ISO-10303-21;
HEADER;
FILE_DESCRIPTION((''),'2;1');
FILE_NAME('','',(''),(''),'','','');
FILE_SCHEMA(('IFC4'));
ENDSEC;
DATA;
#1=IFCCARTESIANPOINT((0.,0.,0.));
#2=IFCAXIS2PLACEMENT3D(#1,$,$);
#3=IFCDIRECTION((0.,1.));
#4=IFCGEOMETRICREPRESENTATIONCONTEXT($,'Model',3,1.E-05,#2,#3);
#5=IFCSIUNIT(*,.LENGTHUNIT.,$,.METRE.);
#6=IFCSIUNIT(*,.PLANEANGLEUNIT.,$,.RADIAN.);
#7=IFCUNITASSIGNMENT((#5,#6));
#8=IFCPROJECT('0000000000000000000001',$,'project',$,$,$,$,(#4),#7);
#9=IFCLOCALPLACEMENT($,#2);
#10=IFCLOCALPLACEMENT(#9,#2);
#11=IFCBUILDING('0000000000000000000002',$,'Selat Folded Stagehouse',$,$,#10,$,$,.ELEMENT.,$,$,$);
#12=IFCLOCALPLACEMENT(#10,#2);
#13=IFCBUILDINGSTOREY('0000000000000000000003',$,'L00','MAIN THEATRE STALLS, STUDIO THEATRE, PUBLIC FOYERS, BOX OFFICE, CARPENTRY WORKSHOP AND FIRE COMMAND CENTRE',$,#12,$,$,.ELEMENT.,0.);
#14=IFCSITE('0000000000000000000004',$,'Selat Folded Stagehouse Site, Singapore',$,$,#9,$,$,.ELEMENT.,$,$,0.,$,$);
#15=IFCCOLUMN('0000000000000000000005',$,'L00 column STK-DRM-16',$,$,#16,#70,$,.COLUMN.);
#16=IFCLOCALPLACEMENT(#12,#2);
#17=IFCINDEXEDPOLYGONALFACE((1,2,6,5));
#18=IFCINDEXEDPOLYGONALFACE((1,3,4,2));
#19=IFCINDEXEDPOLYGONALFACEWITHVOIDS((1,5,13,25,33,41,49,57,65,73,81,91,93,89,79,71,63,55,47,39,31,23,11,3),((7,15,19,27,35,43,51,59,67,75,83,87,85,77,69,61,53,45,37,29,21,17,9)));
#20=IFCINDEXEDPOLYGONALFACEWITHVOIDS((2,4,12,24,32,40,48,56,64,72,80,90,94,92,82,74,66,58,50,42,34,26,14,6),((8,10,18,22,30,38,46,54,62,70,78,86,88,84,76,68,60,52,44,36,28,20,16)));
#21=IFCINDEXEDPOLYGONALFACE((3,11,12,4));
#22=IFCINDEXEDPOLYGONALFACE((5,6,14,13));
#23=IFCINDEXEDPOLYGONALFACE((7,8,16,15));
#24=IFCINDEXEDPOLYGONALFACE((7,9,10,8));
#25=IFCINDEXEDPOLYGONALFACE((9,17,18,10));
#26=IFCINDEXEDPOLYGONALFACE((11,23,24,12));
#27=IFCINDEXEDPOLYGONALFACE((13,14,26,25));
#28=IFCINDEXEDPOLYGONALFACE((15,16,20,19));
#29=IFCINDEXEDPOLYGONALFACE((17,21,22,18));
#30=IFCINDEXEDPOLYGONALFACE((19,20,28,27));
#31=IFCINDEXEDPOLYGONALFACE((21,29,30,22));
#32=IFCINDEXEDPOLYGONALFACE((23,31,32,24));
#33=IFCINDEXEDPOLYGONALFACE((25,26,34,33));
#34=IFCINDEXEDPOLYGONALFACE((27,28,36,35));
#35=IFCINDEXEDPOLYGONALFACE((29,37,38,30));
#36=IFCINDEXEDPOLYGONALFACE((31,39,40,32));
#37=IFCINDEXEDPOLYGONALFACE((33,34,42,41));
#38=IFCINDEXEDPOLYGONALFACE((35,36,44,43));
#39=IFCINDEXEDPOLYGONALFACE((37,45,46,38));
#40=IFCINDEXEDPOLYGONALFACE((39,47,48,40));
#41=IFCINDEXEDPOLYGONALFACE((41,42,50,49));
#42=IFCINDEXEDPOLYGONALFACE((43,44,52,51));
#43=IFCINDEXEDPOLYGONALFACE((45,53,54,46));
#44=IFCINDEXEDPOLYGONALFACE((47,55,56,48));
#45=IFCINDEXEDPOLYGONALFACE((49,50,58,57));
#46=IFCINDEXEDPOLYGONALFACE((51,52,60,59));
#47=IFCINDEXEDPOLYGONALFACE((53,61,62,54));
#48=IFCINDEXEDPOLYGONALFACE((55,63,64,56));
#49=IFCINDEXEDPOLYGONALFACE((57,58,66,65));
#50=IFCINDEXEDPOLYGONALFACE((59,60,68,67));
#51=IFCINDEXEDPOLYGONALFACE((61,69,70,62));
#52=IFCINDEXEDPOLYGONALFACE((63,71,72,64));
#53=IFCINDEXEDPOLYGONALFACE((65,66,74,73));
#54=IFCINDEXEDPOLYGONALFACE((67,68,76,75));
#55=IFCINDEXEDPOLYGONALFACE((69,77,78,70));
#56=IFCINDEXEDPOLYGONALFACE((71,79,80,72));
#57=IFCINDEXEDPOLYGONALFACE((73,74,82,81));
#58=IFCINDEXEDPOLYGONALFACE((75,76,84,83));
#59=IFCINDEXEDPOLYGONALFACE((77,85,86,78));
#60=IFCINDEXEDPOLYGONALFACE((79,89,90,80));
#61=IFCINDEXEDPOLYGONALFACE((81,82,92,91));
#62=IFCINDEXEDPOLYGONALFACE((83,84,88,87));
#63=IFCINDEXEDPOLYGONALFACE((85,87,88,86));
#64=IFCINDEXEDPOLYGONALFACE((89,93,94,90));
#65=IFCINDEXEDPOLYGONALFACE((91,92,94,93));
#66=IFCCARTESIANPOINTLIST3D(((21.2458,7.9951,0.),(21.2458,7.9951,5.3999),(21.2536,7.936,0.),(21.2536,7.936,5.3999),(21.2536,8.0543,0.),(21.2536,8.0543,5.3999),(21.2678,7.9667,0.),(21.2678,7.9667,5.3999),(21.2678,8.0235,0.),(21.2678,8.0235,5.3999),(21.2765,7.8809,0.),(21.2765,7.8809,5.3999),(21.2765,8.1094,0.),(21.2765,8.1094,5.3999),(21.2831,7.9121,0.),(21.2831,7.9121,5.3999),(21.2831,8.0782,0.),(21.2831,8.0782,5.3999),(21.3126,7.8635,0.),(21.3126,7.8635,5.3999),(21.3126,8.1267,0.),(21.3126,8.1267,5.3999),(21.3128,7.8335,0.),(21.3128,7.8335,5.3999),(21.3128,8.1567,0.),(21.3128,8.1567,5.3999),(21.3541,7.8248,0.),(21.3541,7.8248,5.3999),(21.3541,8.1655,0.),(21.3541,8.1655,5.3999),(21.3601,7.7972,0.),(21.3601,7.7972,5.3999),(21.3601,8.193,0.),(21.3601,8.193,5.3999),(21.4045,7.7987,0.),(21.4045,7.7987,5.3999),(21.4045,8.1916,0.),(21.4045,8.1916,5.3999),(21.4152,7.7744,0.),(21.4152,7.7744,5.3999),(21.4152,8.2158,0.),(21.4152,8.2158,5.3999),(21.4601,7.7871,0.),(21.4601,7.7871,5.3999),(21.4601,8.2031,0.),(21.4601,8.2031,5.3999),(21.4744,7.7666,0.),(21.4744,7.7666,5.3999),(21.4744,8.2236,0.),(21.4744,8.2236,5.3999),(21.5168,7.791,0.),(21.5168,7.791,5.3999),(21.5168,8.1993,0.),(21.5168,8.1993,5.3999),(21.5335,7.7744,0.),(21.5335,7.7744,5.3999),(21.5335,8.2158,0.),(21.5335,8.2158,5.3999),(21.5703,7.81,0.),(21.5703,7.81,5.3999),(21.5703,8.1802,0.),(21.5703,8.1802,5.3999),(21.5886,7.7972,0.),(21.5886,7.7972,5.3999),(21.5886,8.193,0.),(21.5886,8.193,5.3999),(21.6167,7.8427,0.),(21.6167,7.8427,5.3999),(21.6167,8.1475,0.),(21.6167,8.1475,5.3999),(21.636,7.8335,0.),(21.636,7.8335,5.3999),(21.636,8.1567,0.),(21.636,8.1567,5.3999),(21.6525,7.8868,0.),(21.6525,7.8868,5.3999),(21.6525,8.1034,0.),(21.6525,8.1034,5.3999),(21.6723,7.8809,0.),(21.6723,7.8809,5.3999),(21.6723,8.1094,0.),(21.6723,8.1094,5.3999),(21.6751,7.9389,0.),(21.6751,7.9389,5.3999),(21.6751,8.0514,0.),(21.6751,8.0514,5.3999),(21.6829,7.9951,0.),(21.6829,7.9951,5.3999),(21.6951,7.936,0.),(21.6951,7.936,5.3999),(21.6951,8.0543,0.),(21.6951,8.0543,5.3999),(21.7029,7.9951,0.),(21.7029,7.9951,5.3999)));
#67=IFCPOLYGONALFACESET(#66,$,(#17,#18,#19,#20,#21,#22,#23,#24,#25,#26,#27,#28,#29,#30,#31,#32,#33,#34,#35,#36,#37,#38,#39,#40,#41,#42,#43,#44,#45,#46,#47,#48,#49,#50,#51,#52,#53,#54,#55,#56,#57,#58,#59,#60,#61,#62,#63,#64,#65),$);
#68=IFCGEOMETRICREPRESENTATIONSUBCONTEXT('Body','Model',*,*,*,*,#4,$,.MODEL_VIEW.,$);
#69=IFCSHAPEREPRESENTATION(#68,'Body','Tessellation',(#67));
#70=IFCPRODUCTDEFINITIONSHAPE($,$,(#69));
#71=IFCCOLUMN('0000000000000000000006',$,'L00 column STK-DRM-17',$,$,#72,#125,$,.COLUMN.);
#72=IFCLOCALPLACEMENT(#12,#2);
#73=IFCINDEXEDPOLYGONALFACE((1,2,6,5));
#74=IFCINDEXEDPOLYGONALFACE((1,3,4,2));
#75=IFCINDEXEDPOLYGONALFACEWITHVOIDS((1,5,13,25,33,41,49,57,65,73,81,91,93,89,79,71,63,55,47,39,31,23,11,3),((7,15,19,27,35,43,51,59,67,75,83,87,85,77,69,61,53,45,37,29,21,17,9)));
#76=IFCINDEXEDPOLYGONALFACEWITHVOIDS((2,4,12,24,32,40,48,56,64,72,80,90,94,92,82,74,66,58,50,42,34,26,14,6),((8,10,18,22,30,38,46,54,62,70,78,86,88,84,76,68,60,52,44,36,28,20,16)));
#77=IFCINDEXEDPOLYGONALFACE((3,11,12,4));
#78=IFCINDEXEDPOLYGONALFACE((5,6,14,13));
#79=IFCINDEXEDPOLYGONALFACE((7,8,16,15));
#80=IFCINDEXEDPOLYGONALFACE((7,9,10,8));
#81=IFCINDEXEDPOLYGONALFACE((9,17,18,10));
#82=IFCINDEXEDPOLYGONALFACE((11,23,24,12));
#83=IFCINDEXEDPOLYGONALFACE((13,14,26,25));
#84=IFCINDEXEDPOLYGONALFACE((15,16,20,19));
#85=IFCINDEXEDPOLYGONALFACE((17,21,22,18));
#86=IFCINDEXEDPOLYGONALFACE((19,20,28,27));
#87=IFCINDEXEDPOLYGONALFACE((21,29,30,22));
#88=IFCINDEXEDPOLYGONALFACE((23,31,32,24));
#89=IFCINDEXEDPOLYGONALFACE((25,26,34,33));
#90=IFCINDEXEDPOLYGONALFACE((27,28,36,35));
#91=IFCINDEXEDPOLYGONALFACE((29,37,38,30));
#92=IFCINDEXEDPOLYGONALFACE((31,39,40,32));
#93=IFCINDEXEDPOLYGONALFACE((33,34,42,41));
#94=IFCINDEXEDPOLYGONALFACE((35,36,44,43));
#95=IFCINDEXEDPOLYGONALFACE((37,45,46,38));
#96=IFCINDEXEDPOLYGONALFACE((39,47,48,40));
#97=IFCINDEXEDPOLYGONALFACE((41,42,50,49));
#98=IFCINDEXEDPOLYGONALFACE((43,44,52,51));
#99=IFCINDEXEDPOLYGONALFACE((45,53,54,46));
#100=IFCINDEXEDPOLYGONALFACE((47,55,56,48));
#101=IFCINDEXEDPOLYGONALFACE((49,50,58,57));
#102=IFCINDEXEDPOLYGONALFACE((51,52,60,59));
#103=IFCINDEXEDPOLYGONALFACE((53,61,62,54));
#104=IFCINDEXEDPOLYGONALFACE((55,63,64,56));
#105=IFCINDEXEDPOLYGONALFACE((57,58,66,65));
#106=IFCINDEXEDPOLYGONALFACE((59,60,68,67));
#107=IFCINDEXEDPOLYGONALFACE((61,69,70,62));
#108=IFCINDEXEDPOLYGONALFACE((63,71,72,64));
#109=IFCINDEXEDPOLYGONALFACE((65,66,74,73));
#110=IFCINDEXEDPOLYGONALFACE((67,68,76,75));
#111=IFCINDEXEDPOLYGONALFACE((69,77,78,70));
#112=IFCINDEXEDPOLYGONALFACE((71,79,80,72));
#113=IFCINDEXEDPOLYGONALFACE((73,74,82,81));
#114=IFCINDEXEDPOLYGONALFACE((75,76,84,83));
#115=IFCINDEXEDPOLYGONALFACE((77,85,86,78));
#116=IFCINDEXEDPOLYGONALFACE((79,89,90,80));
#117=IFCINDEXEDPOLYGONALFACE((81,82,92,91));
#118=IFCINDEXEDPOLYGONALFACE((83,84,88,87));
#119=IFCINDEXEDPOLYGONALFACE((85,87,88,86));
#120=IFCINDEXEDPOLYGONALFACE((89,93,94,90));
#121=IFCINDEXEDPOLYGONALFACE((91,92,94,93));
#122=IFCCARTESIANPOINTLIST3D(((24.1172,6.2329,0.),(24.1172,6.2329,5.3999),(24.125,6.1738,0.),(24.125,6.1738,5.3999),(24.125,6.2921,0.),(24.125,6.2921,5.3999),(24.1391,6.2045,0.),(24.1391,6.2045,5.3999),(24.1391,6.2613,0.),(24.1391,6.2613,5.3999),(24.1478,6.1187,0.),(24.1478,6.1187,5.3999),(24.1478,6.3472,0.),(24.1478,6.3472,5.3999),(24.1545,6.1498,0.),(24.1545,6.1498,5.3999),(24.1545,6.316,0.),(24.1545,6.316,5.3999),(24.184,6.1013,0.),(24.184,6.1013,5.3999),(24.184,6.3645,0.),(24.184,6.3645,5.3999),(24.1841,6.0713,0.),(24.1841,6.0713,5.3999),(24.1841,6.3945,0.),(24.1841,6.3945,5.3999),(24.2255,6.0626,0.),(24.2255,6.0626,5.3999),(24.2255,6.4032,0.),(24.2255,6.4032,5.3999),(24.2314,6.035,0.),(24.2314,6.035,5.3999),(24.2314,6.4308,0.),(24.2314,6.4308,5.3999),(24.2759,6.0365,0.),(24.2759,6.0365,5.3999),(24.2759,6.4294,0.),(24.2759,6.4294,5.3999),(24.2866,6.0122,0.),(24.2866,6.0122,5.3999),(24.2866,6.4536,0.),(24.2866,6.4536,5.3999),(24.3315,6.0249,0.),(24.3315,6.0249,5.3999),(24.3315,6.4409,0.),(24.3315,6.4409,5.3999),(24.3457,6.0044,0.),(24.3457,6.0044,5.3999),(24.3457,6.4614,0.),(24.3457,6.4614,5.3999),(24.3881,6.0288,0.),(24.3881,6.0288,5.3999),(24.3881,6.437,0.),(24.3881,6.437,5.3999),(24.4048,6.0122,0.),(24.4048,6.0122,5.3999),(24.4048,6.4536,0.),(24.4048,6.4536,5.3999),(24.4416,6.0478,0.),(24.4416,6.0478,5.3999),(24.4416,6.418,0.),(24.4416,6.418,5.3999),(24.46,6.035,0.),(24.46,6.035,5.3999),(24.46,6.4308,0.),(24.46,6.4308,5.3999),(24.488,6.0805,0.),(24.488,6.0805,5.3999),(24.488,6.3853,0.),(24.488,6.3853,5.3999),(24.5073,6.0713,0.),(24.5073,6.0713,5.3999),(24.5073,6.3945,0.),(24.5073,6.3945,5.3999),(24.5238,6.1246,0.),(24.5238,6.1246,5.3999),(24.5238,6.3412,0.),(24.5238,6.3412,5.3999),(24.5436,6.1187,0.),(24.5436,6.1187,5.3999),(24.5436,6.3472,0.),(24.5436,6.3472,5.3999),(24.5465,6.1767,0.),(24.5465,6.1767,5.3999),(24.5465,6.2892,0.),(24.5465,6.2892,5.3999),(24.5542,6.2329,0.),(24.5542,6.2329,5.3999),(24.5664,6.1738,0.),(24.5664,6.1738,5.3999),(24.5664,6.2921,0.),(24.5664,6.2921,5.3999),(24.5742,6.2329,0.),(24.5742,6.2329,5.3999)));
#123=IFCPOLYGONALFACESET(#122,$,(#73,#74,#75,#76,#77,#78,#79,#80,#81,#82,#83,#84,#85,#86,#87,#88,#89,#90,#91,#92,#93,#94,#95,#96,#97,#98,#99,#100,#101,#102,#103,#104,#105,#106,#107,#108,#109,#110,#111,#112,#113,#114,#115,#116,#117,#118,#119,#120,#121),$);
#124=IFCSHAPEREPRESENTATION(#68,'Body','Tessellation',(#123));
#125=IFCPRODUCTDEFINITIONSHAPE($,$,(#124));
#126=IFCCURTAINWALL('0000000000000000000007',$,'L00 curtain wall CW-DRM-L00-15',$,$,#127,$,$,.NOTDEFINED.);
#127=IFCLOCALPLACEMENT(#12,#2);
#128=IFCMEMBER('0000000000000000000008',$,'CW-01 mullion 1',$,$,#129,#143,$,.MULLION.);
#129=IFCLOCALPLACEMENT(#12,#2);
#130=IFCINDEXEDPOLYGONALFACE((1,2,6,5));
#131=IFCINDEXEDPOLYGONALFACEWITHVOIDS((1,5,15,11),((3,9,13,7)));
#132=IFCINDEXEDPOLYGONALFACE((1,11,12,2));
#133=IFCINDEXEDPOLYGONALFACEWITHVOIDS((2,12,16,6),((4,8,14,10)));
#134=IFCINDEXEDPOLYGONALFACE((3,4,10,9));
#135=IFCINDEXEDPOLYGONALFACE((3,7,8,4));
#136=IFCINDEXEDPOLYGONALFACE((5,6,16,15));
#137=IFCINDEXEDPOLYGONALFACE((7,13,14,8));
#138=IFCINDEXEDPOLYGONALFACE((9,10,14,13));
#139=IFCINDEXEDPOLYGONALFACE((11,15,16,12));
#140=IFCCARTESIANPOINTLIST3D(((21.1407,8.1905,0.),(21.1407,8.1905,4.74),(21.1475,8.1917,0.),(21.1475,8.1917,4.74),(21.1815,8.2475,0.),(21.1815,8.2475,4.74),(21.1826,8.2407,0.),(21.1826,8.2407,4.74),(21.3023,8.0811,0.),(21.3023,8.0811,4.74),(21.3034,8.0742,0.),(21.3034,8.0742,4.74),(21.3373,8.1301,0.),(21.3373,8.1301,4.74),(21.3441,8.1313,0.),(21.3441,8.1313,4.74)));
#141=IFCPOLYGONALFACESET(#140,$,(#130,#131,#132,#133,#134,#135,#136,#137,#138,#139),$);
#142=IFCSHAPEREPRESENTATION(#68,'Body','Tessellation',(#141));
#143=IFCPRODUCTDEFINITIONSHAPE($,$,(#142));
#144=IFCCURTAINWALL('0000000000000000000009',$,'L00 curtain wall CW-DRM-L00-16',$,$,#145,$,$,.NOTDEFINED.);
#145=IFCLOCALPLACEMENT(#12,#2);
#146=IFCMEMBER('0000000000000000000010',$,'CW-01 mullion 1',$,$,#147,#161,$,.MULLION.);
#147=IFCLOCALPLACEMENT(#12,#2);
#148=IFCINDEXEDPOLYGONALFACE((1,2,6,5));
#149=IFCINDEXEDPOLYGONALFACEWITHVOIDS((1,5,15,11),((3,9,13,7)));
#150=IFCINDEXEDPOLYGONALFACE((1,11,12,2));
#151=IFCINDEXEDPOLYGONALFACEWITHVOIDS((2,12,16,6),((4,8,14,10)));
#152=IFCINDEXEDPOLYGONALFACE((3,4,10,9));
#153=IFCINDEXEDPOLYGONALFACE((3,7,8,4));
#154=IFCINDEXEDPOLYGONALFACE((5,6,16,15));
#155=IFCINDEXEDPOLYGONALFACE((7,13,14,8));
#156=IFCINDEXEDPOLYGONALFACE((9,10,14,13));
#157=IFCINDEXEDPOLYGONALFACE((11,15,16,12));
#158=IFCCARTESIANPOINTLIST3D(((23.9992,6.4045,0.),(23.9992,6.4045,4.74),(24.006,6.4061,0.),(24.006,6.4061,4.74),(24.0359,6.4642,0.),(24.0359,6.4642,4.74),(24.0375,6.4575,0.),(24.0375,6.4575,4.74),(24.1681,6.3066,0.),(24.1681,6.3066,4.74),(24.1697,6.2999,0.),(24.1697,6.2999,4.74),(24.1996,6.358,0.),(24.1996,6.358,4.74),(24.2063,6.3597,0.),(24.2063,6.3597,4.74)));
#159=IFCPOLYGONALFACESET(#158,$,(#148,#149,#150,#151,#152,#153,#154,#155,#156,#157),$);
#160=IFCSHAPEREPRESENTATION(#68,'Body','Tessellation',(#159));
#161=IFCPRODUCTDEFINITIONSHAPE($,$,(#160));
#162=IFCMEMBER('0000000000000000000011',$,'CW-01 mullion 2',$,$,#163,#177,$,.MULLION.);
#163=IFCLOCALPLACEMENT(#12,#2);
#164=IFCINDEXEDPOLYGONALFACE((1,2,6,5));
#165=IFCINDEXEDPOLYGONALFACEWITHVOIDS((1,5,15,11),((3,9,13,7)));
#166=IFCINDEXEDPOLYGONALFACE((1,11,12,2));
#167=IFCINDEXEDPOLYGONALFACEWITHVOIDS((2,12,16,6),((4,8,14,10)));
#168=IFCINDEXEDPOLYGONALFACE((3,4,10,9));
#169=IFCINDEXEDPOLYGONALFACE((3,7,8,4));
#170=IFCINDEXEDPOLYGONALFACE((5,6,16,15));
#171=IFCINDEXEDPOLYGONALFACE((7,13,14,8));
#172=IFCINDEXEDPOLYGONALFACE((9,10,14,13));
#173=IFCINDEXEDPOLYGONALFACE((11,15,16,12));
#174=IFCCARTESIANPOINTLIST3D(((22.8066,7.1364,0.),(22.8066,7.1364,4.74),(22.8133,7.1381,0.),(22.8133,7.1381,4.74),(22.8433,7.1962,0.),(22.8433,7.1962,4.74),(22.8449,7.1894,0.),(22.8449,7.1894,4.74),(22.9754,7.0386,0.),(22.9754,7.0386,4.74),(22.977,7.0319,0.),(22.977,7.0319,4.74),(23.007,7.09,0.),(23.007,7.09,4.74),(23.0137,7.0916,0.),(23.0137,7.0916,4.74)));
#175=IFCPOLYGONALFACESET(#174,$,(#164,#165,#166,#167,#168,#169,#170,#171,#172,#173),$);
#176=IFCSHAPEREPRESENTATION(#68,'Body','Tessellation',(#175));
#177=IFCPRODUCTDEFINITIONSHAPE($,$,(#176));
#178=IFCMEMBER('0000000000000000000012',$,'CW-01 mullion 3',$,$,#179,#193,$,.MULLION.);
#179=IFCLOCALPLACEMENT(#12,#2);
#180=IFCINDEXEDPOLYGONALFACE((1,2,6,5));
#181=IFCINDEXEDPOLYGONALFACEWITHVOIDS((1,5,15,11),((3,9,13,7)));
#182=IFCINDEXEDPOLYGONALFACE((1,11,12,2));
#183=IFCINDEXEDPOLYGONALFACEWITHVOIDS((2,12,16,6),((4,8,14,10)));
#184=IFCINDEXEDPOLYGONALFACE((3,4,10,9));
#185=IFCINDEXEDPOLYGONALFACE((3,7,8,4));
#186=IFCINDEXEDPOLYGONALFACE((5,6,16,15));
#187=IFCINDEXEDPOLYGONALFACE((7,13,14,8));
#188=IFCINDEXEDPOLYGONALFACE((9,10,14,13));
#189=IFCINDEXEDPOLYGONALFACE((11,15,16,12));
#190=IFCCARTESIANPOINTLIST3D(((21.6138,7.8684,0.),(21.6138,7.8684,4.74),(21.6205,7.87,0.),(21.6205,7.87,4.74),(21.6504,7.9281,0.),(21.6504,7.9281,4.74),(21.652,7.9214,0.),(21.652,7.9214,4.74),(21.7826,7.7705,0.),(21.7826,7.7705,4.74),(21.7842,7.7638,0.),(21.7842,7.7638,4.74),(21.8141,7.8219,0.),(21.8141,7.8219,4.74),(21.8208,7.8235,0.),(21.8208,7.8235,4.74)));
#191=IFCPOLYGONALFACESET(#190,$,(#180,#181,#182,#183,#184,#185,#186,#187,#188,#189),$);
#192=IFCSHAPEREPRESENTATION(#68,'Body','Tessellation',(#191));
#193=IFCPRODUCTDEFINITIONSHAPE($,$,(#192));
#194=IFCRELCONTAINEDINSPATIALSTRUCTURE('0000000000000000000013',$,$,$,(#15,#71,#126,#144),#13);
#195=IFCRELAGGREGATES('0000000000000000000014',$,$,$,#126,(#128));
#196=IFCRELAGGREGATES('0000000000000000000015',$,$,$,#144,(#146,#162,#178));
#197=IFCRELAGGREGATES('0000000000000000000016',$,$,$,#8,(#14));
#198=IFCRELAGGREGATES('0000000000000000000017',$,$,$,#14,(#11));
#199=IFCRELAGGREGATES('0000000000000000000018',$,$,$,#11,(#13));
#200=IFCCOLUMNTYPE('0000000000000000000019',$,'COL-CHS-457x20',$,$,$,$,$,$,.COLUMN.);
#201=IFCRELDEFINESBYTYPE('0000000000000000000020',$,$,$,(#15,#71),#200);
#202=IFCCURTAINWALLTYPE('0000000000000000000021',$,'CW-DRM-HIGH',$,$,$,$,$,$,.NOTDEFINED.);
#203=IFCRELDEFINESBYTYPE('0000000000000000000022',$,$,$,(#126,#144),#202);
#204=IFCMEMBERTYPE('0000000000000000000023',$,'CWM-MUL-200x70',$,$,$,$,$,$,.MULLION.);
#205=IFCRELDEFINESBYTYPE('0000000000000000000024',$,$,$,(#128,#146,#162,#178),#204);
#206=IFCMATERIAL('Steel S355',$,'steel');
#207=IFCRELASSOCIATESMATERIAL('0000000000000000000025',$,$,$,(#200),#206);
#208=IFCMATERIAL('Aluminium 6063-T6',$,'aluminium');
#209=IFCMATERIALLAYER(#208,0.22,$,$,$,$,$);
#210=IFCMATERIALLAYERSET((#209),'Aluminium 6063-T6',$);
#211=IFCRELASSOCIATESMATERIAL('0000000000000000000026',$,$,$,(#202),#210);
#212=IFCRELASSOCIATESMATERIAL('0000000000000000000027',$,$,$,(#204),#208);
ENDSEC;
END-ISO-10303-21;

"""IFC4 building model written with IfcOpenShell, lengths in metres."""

from ifc_helpers import new_model, si_unit, direction, frame, origin, origin_2d, place, context, subcontext, project, spatial, hollow_rectangle, hollow_circle, extrude, material, layer, layer_set, material_profile, profile_set, type_object, element, aggregate, save


model = new_model("IFC4")

# Units and contexts
model_context = context("Model", 3, precision=1e-05, world=origin(), true_north=direction((0.0, 1.0)))
body_context = subcontext(model_context, "Body", "Model", "MODEL_VIEW")
ifc_project = project(units=[si_unit("LENGTHUNIT", "METRE"), si_unit("PLANEANGLEUNIT", "RADIAN")], contexts=[model_context])

# Site, building, storey
site_placement = place(None, origin())
site = spatial("IfcSite", under=ifc_project, at=site_placement, Name="Selat Folded Stagehouse Site, Singapore", CompositionType="ELEMENT", RefElevation=0.0)
building_placement = place(site_placement, origin())
building = spatial("IfcBuilding", under=site, at=building_placement, Name="Selat Folded Stagehouse", CompositionType="ELEMENT")
storey_placement = place(building_placement, origin())
storey = spatial("IfcBuildingStorey", under=building, at=storey_placement, Name="L00", Description="MAIN THEATRE STALLS, STUDIO THEATRE, PUBLIC FOYERS, BOX OFFICE, CARPENTRY WORKSHOP AND FIRE COMMAND CENTRE", CompositionType="ELEMENT", Elevation=0.0)

# Columns
ifc_material_1 = material(Name="Steel S355", Category="steel")
ifc_material_profile_1 = material_profile(ifc_material_1, hollow_circle(Radius=0.2285, WallThickness=0.02, at=origin_2d()), Name="CHS 457.0x20.0")
ifc_profile_set_1 = profile_set([ifc_material_profile_1], Name="Steel S355")
column_type = type_object("IfcColumnType", Name="COL-CHS-457x20", PredefinedType="COLUMN", material=ifc_profile_set_1)
for number, where, z_axis, x_axis, name in (
    (1, (21.4744, 7.9951, 0.0), (0.0, 0.0, 1.0), (1.0, 0.0, 0.0), "L00 column STK-DRM-16"),
    (2, (24.3457, 6.2329, 0.0), (0.0, 0.0, 1.0), (1.0, 0.0, 0.0), "L00 column STK-DRM-17"),
):
    element("IfcColumn", number, at=place(storey_placement, frame(where, z_axis=z_axis, x_axis=x_axis)), inside=storey, type_object=column_type, Name=name, PredefinedType="COLUMN", context=body_context, shape_type="SweptSolid", body=[
        extrude(hollow_circle(Radius=0.2285, WallThickness=0.02, at=origin_2d()), origin(), (0.0, 0.0, 1.0), 5.3999),
    ])

# Curtain wall, member
ifc_material_2 = material(Name="Aluminium 6063-T6", Category="aluminium")
ifc_layer_1 = layer(ifc_material_2, 0.22)
ifc_layer_set_1 = layer_set([ifc_layer_1], Name="Aluminium 6063-T6")
curtain_wall_type = type_object("IfcCurtainWallType", Name="CW-DRM-HIGH", PredefinedType="NOTDEFINED", material=ifc_layer_set_1)
curtain_wall_1_placement = place(storey_placement, origin())
curtain_wall_1 = element("IfcCurtainWall", 3, at=curtain_wall_1_placement, inside=storey, type_object=curtain_wall_type, Name="L00 curtain wall CW-DRM-L00-15", PredefinedType="NOTDEFINED")
ifc_material_profile_2 = material_profile(ifc_material_2, hollow_rectangle(XDim=0.0701, YDim=0.2, WallThickness=0.0049, at=origin_2d()), Name="ALU 200x70x5.0")
ifc_profile_set_2 = profile_set([ifc_material_profile_2], Name="Aluminium 6063-T6")
member_type_1 = type_object("IfcMemberType", Name="CWM-MUL-200x70", PredefinedType="MULLION", material=ifc_profile_set_2)
member_1_placement = place(storey_placement, frame((21.2424, 8.1609, 0.0), z_axis=(0.0, 0.0, 1.0), x_axis=(-0.581528, -0.813526, 0.0)))
member_1 = element("IfcMember", 4, at=member_1_placement, type_object=member_type_1, Name="CW-01 mullion 1", PredefinedType="MULLION", context=body_context, shape_type="SweptSolid", body=[
    extrude(hollow_rectangle(XDim=0.0701, YDim=0.2, WallThickness=0.0049, at=origin_2d()), origin(), (0.0, 0.0, 1.0), 4.74),
])
aggregate(curtain_wall_1, [member_1])

# Curtain wall, members
curtain_wall_2_placement = place(storey_placement, origin())
curtain_wall_2 = element("IfcCurtainWall", 5, at=curtain_wall_2_placement, inside=storey, type_object=curtain_wall_type, Name="L00 curtain wall CW-DRM-L00-16", PredefinedType="NOTDEFINED")
member_2_placement = place(storey_placement, frame((24.1028, 6.3821, 0.0), z_axis=(0.0, 0.0, 1.0), x_axis=(-0.523025, -0.852317, 0.0)))
member_2 = element("IfcMember", 6, at=member_2_placement, type_object=member_type_1, Name="CW-01 mullion 1", PredefinedType="MULLION", context=body_context, shape_type="SweptSolid", body=[
    extrude(hollow_rectangle(XDim=0.0701, YDim=0.2, WallThickness=0.0049, at=origin_2d()), origin(), (0.0, 0.0, 1.0), 4.74),
])
member_3_placement = place(storey_placement, frame((22.9102, 7.114, 0.0), z_axis=(0.0, 0.0, 1.0), x_axis=(-0.523025, -0.852317, 0.0)))
member_3 = element("IfcMember", 7, at=member_3_placement, type_object=member_type_1, Name="CW-01 mullion 2", PredefinedType="MULLION", context=body_context, shape_type="SweptSolid", body=[
    extrude(hollow_rectangle(XDim=0.0701, YDim=0.2, WallThickness=0.0049, at=origin_2d()), origin(), (0.0, 0.0, 1.0), 4.74),
])
member_4_placement = place(storey_placement, frame((21.7173, 7.8459, 0.0), z_axis=(0.0, 0.0, 1.0), x_axis=(-0.523025, -0.852317, 0.0)))
member_4 = element("IfcMember", 8, at=member_4_placement, type_object=member_type_1, Name="CW-01 mullion 3", PredefinedType="MULLION", context=body_context, shape_type="SweptSolid", body=[
    extrude(hollow_rectangle(XDim=0.0701, YDim=0.2, WallThickness=0.0049, at=origin_2d()), origin(), (0.0, 0.0, 1.0), 4.74),
])

aggregate(curtain_wall_2, [member_2, member_3, member_4])

save(model, "model.ifc")
